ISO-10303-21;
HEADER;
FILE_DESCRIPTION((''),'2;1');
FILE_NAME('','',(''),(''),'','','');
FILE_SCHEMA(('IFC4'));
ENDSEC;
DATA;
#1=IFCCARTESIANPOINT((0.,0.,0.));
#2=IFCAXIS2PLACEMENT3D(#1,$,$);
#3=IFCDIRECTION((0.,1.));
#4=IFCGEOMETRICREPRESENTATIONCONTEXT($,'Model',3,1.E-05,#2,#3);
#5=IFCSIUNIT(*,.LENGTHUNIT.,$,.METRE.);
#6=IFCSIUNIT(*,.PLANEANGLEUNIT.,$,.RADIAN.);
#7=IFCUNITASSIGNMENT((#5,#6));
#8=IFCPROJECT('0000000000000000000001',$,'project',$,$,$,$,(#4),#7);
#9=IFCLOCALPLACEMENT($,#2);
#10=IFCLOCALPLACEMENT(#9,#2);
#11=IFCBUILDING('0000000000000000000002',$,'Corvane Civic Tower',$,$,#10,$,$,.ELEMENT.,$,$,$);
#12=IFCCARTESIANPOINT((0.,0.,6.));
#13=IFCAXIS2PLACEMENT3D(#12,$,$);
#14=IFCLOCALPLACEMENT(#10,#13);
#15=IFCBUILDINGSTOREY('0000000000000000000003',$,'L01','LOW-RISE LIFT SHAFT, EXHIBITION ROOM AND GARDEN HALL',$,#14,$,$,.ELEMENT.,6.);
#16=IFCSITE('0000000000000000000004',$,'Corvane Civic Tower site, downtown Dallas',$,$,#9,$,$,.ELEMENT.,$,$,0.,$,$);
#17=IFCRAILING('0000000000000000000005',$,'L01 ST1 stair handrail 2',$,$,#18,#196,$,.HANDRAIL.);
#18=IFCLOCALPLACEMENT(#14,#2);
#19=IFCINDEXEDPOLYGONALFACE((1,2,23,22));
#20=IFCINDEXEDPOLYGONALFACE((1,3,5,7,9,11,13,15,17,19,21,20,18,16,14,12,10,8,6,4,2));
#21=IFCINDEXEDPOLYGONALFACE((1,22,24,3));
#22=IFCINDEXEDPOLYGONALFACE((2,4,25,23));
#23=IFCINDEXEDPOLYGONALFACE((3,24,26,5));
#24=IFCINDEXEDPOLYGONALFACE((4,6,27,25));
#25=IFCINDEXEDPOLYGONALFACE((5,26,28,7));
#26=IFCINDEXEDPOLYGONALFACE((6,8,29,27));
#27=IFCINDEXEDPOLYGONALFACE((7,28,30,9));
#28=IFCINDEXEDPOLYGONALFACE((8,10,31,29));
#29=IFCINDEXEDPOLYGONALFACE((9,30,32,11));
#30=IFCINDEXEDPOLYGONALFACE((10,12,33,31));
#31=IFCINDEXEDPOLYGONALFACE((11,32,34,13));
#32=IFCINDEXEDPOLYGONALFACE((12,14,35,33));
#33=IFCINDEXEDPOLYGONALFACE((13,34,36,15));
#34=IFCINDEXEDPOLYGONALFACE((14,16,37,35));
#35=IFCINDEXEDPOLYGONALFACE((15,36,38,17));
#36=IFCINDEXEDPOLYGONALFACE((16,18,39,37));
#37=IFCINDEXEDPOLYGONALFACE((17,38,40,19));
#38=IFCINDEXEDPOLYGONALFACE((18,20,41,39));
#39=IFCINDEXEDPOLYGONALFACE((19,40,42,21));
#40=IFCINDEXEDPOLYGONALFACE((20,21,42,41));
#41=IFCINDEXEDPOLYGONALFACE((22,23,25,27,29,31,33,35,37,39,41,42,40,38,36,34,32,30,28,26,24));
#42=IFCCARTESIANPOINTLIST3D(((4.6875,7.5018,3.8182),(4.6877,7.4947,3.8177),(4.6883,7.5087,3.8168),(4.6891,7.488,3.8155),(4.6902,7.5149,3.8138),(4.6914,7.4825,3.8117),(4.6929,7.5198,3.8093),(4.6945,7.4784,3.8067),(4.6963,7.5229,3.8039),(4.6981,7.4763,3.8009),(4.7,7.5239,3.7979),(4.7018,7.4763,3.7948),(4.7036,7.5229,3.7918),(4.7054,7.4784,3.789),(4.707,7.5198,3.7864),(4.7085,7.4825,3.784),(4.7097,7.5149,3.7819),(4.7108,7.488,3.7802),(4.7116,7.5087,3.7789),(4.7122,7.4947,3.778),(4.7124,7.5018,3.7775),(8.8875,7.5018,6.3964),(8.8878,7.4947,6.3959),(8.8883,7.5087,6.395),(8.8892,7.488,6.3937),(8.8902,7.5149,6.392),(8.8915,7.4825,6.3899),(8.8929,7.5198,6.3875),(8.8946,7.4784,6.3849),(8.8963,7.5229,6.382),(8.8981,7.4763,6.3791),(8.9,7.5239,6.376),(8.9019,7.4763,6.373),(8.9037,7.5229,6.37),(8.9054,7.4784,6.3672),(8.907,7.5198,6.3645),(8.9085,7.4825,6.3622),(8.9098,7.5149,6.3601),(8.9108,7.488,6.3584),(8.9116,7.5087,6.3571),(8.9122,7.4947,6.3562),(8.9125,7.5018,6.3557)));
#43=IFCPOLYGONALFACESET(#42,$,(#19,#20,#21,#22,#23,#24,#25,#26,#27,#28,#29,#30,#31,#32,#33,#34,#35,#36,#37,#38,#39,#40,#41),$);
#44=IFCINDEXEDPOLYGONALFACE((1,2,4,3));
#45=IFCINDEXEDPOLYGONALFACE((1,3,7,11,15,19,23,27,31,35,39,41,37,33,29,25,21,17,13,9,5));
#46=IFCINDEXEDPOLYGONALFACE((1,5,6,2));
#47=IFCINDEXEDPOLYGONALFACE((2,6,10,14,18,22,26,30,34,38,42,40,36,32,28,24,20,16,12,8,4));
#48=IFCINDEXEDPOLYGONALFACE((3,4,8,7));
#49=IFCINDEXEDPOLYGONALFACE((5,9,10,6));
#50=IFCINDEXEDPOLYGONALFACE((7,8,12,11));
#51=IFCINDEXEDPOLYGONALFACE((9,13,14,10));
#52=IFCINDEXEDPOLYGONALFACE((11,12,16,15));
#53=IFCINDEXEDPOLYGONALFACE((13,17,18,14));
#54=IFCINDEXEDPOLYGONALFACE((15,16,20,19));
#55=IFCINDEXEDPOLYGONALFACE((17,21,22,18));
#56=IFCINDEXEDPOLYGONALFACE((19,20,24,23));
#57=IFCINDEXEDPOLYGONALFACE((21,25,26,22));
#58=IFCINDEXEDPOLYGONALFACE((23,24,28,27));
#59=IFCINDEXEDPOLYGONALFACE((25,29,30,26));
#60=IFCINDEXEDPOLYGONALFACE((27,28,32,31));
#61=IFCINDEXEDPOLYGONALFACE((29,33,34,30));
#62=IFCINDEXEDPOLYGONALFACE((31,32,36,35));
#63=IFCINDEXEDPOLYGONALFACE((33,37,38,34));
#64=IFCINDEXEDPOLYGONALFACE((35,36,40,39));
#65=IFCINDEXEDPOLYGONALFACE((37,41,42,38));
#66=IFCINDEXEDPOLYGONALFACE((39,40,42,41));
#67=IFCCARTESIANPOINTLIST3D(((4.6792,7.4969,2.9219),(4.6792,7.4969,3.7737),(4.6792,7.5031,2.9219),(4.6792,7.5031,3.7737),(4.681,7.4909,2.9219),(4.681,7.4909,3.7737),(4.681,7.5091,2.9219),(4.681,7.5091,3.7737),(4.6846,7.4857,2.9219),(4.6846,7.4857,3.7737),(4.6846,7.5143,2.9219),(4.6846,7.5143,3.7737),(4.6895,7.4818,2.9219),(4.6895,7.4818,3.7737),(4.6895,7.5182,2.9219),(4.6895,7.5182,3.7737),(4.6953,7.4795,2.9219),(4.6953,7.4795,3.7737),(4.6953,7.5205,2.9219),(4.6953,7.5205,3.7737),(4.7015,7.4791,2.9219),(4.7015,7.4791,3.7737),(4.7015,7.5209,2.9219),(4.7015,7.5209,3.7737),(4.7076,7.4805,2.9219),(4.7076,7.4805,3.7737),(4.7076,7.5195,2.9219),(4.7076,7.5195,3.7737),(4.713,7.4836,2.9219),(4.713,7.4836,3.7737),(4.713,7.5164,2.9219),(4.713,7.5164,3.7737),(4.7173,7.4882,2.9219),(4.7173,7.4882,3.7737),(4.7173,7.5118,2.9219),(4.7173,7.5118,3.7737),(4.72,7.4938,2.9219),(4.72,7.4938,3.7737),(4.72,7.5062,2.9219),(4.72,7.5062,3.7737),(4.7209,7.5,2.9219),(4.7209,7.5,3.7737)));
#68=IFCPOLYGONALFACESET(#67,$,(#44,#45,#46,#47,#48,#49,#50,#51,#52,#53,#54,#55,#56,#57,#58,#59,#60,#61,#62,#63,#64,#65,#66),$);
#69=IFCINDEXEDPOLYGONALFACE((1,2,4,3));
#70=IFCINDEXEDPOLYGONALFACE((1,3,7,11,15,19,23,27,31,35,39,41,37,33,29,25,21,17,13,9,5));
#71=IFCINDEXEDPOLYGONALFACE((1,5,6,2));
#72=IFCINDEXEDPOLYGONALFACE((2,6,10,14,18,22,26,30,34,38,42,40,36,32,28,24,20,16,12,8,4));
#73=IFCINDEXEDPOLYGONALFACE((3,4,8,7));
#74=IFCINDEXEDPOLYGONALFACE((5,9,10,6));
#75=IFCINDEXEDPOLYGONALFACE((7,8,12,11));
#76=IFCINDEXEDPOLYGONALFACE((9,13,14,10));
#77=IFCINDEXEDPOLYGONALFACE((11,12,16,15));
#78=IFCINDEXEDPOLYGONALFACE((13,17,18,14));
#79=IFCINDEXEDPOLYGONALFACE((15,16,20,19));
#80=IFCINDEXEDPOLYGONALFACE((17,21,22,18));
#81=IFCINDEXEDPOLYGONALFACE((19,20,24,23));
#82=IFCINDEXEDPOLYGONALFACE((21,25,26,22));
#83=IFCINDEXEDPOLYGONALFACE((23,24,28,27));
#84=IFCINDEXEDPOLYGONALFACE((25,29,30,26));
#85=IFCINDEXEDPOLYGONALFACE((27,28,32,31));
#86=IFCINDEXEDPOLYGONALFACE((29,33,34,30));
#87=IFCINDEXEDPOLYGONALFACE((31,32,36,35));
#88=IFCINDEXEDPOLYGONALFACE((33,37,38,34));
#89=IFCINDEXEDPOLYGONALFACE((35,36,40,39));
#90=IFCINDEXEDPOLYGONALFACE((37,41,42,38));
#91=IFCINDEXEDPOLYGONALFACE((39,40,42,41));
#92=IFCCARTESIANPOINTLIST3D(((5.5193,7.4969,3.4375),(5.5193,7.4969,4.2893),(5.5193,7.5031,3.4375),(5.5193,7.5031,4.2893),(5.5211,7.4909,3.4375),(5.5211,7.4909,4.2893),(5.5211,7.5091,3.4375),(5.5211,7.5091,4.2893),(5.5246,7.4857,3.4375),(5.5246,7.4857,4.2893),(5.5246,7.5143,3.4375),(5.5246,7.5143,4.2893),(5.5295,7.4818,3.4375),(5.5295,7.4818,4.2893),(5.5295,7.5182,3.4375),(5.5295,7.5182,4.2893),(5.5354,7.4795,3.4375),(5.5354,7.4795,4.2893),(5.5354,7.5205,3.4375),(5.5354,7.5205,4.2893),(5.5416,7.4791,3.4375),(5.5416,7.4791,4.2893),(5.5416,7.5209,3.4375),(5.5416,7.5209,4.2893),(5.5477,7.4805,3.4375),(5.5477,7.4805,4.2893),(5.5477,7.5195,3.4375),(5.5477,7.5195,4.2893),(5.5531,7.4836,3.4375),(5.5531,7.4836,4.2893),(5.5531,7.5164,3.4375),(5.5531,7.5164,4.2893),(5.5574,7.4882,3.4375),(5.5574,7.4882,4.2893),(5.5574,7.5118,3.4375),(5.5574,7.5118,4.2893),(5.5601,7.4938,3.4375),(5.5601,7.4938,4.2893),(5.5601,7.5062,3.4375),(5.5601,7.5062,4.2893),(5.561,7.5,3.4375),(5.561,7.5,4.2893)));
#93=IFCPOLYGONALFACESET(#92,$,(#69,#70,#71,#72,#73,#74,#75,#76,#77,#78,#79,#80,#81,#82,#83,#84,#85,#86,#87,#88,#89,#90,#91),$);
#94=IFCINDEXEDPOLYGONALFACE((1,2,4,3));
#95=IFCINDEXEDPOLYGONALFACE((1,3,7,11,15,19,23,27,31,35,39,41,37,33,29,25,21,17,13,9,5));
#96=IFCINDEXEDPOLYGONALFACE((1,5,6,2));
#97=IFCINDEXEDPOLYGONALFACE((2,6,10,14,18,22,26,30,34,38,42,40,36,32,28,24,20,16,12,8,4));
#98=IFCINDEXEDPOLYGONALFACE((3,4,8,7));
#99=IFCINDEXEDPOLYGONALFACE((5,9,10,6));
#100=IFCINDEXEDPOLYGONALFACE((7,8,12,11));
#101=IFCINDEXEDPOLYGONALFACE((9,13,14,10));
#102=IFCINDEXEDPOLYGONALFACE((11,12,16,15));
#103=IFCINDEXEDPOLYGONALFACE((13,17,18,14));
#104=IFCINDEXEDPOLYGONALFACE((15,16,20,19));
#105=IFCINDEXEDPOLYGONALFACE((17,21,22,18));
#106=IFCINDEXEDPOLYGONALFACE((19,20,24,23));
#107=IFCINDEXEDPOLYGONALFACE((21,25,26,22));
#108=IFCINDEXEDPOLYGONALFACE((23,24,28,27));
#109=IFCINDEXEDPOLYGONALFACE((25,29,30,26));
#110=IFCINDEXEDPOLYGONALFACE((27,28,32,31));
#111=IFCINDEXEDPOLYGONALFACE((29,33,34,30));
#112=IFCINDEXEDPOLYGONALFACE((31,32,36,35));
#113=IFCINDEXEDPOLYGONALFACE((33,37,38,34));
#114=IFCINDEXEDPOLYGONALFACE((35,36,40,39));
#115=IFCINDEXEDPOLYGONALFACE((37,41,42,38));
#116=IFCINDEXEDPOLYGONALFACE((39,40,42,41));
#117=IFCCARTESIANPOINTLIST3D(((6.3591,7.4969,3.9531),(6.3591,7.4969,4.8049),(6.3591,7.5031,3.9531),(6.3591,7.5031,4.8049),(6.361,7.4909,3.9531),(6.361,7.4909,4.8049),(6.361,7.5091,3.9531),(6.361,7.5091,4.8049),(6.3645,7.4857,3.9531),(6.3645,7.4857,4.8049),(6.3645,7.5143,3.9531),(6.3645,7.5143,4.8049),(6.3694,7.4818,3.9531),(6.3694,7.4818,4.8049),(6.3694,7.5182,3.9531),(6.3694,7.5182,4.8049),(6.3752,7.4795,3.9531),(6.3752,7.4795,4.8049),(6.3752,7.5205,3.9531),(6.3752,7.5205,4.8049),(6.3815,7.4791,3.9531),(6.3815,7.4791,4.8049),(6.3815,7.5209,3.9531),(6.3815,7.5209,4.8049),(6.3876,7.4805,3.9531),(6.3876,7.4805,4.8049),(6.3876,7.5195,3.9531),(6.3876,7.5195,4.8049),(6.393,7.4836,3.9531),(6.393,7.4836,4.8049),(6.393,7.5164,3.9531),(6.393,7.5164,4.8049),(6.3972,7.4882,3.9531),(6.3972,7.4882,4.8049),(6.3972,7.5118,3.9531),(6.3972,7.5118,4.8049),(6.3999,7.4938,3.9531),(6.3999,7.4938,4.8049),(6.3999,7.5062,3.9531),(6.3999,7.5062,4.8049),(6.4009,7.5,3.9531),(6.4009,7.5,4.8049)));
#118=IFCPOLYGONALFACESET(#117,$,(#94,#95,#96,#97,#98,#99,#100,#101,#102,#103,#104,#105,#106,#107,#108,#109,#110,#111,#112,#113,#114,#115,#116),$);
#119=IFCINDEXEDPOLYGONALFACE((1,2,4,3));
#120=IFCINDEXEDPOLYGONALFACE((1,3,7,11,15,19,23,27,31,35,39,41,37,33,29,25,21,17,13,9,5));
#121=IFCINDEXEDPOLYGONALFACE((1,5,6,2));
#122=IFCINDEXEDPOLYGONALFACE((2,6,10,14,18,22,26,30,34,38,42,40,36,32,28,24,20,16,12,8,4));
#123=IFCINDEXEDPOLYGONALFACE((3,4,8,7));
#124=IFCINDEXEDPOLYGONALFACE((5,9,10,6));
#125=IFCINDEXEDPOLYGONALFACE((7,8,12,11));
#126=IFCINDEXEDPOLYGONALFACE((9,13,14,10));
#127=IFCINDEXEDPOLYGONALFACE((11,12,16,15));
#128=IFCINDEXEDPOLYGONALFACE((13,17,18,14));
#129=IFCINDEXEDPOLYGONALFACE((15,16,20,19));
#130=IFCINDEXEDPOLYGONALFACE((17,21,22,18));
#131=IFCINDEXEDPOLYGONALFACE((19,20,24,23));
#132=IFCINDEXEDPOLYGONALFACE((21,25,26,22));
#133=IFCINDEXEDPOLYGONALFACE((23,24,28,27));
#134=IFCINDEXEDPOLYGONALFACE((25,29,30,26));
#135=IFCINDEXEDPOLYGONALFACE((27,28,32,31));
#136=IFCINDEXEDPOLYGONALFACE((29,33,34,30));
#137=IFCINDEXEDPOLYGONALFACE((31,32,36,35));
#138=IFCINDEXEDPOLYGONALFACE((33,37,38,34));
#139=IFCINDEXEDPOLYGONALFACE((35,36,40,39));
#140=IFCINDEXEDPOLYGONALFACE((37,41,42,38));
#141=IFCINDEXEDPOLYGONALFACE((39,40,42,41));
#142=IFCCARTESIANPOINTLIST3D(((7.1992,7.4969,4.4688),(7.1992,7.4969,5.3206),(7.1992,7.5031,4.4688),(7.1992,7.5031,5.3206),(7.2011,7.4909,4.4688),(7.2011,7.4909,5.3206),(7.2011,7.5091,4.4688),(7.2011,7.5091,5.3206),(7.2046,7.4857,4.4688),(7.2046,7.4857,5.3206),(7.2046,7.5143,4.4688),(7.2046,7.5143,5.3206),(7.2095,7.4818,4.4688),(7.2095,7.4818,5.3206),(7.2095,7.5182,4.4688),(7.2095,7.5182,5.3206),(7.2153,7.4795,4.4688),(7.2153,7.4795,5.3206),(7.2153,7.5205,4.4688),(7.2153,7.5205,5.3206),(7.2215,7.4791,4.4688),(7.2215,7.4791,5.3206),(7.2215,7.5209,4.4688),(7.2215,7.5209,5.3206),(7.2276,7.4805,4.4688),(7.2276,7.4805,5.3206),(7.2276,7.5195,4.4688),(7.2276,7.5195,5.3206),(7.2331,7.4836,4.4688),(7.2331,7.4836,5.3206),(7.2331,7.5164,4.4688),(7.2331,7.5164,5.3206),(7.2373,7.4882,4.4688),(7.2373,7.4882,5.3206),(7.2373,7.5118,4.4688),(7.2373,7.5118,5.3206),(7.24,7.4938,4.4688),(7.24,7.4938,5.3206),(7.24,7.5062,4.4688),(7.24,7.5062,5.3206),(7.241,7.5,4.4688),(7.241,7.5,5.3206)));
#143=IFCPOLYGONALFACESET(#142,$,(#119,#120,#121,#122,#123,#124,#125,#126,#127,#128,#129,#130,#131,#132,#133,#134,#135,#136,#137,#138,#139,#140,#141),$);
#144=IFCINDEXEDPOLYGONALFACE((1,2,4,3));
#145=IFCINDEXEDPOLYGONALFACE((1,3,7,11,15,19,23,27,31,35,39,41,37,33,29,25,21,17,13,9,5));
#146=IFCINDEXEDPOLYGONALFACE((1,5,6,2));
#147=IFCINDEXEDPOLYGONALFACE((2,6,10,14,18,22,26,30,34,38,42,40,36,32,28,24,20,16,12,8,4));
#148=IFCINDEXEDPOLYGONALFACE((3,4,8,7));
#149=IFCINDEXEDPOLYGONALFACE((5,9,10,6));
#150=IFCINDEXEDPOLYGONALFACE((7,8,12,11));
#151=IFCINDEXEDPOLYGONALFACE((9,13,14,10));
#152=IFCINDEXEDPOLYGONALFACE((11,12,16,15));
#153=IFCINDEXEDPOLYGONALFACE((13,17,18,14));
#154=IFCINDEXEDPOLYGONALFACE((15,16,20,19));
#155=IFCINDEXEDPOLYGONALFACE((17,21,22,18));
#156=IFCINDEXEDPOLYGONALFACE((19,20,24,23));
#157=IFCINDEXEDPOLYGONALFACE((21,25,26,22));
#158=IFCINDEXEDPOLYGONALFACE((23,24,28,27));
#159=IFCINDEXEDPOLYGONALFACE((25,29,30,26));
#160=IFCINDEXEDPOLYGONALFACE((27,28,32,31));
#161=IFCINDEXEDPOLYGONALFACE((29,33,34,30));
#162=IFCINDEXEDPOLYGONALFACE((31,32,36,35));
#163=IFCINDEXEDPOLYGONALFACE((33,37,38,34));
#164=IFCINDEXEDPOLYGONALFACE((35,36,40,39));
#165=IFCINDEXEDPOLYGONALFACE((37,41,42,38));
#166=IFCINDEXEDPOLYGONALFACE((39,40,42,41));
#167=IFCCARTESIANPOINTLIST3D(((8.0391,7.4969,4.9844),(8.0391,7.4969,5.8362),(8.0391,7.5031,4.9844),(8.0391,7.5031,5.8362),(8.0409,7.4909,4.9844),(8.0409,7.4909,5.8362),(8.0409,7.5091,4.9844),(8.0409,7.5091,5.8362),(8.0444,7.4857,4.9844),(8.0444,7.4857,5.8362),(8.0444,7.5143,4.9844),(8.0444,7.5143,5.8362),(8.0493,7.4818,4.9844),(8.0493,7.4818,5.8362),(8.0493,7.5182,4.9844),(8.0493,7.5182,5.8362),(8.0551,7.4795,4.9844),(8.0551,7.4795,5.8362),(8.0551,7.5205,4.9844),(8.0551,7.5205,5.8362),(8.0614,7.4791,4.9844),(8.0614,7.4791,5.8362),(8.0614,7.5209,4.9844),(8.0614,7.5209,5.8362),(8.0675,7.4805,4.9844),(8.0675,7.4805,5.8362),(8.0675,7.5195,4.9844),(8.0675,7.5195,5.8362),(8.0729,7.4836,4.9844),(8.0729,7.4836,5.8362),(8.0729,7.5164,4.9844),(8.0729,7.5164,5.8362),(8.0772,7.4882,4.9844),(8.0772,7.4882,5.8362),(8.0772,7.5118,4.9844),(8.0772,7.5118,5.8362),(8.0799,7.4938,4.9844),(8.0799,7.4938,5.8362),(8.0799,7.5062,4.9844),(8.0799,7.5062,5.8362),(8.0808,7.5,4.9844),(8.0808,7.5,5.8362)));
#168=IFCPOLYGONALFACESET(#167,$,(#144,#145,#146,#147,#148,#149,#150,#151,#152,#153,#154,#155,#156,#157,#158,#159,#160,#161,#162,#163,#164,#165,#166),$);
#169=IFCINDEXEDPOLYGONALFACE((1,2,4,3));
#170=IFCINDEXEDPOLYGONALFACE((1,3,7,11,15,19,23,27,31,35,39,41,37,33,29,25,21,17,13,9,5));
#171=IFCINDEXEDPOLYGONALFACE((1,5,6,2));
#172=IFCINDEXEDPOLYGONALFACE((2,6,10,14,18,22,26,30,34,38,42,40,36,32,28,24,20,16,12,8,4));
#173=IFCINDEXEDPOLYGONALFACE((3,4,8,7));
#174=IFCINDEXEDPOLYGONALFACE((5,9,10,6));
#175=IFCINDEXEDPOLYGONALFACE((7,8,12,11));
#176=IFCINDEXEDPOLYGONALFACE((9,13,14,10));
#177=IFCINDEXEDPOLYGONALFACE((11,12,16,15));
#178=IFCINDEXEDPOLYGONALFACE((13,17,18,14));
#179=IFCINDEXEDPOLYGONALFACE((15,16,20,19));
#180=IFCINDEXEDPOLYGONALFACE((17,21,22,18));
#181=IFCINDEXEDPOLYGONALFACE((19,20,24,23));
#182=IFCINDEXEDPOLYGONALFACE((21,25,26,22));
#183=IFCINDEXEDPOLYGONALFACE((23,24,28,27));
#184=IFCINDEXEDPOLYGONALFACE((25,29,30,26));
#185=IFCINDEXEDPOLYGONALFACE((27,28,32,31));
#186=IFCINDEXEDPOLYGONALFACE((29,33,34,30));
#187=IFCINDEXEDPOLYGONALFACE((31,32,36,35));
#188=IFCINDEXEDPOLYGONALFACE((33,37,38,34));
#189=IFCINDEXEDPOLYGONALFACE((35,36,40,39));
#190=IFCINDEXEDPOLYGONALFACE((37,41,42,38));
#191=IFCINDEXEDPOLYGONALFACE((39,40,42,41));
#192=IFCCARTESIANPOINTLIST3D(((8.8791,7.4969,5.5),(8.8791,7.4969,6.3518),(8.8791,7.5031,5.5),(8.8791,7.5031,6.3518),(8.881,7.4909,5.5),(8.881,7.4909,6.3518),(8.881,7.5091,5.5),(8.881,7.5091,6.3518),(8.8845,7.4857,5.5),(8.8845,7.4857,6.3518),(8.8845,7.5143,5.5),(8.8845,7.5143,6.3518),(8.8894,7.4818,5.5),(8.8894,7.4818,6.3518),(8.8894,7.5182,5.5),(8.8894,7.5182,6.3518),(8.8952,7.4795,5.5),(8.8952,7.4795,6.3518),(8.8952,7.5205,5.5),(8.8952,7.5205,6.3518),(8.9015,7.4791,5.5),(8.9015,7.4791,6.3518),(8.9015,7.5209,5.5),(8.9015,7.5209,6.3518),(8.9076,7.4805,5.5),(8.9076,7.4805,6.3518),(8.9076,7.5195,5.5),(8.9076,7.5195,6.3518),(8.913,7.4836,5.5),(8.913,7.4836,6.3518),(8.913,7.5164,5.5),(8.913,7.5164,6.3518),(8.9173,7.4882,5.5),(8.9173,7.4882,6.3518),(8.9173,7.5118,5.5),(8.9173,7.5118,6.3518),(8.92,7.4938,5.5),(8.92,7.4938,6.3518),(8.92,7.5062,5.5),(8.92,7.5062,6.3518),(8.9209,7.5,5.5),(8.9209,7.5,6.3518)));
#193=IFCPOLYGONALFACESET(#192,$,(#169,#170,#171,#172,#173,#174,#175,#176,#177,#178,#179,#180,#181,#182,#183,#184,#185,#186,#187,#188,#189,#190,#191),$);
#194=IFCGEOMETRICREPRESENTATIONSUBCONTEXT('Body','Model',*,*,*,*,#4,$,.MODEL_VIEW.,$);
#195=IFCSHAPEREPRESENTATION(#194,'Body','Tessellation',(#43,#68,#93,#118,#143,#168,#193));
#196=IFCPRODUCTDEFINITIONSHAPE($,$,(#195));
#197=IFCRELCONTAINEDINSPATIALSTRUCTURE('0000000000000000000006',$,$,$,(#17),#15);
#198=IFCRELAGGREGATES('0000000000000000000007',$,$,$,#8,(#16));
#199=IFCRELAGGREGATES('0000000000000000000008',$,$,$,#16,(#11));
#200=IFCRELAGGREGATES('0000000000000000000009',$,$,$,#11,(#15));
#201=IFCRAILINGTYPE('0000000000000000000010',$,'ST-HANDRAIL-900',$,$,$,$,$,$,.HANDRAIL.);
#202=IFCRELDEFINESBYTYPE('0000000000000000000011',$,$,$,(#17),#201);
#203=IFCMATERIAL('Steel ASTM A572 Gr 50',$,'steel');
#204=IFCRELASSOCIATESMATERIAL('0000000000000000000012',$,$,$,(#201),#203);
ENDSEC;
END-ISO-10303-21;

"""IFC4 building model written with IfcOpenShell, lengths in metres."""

from ifc_helpers import new_model, si_unit, direction, frame, origin, origin_2d, place, context, subcontext, project, spatial, circle, extrude, material, type_object, element, save


model = new_model("IFC4")

# Units and contexts
model_context = context("Model", 3, precision=1e-05, world=origin(), true_north=direction((0.0, 1.0)))
body_context = subcontext(model_context, "Body", "Model", "MODEL_VIEW")
ifc_project = project(units=[si_unit("LENGTHUNIT", "METRE"), si_unit("PLANEANGLEUNIT", "RADIAN")], contexts=[model_context])

# Site, building, storey
site_placement = place(None, origin())
site = spatial("IfcSite", under=ifc_project, at=site_placement, Name="Corvane Civic Tower site, downtown Dallas", CompositionType="ELEMENT", RefElevation=0.0)
building_placement = place(site_placement, origin())
building = spatial("IfcBuilding", under=site, at=building_placement, Name="Corvane Civic Tower", CompositionType="ELEMENT")
storey_placement = place(building_placement, frame((0.0, 0.0, 6.0)))
storey = spatial("IfcBuildingStorey", under=building, at=storey_placement, Name="L01", Description="LOW-RISE LIFT SHAFT, EXHIBITION ROOM AND GARDEN HALL", CompositionType="ELEMENT", Elevation=6.0)

# Railing
ifc_material_1 = material(Name="Steel ASTM A572 Gr 50", Category="steel")
railing_type_1 = type_object("IfcRailingType", Name="ST-HANDRAIL-900", PredefinedType="HANDRAIL", material=ifc_material_1)
railing_1_placement = place(storey_placement, frame((4.7, 7.5, 2.9219)))
element("IfcRailing", 1, at=railing_1_placement, inside=storey, type_object=railing_type_1, Name="L01 ST1 stair handrail 2", PredefinedType="HANDRAIL", context=body_context, shape_type="SweptSolid", body=[
    extrude(circle(Radius=0.0239, at=origin_2d()), frame((0.0, 0.0, 0.876), z_axis=(0.852243, 0.0, 0.523146), x_axis=(0.0, 1.0, 0.0)), (0.0, 0.0, 1.0), 4.9282),
    extrude(circle(Radius=0.021, at=origin_2d()), origin(), (0.0, 0.0, 1.0), 0.8518),
    extrude(circle(Radius=0.021, at=origin_2d()), frame((0.8401, 0.0, 0.5156)), (0.0, 0.0, 1.0), 0.8518),
    extrude(circle(Radius=0.021, at=origin_2d()), frame((1.6799, 0.0, 1.0312)), (0.0, 0.0, 1.0), 0.8518),
    extrude(circle(Radius=0.021, at=origin_2d()), frame((2.52, 0.0, 1.5469)), (0.0, 0.0, 1.0), 0.8518),
    extrude(circle(Radius=0.021, at=origin_2d()), frame((3.3599, 0.0, 2.0625)), (0.0, 0.0, 1.0), 0.8518),
    extrude(circle(Radius=0.021, at=origin_2d()), frame((4.2, 0.0, 2.5781)), (0.0, 0.0, 1.0), 0.8518),
])

save(model, "model.ifc")
